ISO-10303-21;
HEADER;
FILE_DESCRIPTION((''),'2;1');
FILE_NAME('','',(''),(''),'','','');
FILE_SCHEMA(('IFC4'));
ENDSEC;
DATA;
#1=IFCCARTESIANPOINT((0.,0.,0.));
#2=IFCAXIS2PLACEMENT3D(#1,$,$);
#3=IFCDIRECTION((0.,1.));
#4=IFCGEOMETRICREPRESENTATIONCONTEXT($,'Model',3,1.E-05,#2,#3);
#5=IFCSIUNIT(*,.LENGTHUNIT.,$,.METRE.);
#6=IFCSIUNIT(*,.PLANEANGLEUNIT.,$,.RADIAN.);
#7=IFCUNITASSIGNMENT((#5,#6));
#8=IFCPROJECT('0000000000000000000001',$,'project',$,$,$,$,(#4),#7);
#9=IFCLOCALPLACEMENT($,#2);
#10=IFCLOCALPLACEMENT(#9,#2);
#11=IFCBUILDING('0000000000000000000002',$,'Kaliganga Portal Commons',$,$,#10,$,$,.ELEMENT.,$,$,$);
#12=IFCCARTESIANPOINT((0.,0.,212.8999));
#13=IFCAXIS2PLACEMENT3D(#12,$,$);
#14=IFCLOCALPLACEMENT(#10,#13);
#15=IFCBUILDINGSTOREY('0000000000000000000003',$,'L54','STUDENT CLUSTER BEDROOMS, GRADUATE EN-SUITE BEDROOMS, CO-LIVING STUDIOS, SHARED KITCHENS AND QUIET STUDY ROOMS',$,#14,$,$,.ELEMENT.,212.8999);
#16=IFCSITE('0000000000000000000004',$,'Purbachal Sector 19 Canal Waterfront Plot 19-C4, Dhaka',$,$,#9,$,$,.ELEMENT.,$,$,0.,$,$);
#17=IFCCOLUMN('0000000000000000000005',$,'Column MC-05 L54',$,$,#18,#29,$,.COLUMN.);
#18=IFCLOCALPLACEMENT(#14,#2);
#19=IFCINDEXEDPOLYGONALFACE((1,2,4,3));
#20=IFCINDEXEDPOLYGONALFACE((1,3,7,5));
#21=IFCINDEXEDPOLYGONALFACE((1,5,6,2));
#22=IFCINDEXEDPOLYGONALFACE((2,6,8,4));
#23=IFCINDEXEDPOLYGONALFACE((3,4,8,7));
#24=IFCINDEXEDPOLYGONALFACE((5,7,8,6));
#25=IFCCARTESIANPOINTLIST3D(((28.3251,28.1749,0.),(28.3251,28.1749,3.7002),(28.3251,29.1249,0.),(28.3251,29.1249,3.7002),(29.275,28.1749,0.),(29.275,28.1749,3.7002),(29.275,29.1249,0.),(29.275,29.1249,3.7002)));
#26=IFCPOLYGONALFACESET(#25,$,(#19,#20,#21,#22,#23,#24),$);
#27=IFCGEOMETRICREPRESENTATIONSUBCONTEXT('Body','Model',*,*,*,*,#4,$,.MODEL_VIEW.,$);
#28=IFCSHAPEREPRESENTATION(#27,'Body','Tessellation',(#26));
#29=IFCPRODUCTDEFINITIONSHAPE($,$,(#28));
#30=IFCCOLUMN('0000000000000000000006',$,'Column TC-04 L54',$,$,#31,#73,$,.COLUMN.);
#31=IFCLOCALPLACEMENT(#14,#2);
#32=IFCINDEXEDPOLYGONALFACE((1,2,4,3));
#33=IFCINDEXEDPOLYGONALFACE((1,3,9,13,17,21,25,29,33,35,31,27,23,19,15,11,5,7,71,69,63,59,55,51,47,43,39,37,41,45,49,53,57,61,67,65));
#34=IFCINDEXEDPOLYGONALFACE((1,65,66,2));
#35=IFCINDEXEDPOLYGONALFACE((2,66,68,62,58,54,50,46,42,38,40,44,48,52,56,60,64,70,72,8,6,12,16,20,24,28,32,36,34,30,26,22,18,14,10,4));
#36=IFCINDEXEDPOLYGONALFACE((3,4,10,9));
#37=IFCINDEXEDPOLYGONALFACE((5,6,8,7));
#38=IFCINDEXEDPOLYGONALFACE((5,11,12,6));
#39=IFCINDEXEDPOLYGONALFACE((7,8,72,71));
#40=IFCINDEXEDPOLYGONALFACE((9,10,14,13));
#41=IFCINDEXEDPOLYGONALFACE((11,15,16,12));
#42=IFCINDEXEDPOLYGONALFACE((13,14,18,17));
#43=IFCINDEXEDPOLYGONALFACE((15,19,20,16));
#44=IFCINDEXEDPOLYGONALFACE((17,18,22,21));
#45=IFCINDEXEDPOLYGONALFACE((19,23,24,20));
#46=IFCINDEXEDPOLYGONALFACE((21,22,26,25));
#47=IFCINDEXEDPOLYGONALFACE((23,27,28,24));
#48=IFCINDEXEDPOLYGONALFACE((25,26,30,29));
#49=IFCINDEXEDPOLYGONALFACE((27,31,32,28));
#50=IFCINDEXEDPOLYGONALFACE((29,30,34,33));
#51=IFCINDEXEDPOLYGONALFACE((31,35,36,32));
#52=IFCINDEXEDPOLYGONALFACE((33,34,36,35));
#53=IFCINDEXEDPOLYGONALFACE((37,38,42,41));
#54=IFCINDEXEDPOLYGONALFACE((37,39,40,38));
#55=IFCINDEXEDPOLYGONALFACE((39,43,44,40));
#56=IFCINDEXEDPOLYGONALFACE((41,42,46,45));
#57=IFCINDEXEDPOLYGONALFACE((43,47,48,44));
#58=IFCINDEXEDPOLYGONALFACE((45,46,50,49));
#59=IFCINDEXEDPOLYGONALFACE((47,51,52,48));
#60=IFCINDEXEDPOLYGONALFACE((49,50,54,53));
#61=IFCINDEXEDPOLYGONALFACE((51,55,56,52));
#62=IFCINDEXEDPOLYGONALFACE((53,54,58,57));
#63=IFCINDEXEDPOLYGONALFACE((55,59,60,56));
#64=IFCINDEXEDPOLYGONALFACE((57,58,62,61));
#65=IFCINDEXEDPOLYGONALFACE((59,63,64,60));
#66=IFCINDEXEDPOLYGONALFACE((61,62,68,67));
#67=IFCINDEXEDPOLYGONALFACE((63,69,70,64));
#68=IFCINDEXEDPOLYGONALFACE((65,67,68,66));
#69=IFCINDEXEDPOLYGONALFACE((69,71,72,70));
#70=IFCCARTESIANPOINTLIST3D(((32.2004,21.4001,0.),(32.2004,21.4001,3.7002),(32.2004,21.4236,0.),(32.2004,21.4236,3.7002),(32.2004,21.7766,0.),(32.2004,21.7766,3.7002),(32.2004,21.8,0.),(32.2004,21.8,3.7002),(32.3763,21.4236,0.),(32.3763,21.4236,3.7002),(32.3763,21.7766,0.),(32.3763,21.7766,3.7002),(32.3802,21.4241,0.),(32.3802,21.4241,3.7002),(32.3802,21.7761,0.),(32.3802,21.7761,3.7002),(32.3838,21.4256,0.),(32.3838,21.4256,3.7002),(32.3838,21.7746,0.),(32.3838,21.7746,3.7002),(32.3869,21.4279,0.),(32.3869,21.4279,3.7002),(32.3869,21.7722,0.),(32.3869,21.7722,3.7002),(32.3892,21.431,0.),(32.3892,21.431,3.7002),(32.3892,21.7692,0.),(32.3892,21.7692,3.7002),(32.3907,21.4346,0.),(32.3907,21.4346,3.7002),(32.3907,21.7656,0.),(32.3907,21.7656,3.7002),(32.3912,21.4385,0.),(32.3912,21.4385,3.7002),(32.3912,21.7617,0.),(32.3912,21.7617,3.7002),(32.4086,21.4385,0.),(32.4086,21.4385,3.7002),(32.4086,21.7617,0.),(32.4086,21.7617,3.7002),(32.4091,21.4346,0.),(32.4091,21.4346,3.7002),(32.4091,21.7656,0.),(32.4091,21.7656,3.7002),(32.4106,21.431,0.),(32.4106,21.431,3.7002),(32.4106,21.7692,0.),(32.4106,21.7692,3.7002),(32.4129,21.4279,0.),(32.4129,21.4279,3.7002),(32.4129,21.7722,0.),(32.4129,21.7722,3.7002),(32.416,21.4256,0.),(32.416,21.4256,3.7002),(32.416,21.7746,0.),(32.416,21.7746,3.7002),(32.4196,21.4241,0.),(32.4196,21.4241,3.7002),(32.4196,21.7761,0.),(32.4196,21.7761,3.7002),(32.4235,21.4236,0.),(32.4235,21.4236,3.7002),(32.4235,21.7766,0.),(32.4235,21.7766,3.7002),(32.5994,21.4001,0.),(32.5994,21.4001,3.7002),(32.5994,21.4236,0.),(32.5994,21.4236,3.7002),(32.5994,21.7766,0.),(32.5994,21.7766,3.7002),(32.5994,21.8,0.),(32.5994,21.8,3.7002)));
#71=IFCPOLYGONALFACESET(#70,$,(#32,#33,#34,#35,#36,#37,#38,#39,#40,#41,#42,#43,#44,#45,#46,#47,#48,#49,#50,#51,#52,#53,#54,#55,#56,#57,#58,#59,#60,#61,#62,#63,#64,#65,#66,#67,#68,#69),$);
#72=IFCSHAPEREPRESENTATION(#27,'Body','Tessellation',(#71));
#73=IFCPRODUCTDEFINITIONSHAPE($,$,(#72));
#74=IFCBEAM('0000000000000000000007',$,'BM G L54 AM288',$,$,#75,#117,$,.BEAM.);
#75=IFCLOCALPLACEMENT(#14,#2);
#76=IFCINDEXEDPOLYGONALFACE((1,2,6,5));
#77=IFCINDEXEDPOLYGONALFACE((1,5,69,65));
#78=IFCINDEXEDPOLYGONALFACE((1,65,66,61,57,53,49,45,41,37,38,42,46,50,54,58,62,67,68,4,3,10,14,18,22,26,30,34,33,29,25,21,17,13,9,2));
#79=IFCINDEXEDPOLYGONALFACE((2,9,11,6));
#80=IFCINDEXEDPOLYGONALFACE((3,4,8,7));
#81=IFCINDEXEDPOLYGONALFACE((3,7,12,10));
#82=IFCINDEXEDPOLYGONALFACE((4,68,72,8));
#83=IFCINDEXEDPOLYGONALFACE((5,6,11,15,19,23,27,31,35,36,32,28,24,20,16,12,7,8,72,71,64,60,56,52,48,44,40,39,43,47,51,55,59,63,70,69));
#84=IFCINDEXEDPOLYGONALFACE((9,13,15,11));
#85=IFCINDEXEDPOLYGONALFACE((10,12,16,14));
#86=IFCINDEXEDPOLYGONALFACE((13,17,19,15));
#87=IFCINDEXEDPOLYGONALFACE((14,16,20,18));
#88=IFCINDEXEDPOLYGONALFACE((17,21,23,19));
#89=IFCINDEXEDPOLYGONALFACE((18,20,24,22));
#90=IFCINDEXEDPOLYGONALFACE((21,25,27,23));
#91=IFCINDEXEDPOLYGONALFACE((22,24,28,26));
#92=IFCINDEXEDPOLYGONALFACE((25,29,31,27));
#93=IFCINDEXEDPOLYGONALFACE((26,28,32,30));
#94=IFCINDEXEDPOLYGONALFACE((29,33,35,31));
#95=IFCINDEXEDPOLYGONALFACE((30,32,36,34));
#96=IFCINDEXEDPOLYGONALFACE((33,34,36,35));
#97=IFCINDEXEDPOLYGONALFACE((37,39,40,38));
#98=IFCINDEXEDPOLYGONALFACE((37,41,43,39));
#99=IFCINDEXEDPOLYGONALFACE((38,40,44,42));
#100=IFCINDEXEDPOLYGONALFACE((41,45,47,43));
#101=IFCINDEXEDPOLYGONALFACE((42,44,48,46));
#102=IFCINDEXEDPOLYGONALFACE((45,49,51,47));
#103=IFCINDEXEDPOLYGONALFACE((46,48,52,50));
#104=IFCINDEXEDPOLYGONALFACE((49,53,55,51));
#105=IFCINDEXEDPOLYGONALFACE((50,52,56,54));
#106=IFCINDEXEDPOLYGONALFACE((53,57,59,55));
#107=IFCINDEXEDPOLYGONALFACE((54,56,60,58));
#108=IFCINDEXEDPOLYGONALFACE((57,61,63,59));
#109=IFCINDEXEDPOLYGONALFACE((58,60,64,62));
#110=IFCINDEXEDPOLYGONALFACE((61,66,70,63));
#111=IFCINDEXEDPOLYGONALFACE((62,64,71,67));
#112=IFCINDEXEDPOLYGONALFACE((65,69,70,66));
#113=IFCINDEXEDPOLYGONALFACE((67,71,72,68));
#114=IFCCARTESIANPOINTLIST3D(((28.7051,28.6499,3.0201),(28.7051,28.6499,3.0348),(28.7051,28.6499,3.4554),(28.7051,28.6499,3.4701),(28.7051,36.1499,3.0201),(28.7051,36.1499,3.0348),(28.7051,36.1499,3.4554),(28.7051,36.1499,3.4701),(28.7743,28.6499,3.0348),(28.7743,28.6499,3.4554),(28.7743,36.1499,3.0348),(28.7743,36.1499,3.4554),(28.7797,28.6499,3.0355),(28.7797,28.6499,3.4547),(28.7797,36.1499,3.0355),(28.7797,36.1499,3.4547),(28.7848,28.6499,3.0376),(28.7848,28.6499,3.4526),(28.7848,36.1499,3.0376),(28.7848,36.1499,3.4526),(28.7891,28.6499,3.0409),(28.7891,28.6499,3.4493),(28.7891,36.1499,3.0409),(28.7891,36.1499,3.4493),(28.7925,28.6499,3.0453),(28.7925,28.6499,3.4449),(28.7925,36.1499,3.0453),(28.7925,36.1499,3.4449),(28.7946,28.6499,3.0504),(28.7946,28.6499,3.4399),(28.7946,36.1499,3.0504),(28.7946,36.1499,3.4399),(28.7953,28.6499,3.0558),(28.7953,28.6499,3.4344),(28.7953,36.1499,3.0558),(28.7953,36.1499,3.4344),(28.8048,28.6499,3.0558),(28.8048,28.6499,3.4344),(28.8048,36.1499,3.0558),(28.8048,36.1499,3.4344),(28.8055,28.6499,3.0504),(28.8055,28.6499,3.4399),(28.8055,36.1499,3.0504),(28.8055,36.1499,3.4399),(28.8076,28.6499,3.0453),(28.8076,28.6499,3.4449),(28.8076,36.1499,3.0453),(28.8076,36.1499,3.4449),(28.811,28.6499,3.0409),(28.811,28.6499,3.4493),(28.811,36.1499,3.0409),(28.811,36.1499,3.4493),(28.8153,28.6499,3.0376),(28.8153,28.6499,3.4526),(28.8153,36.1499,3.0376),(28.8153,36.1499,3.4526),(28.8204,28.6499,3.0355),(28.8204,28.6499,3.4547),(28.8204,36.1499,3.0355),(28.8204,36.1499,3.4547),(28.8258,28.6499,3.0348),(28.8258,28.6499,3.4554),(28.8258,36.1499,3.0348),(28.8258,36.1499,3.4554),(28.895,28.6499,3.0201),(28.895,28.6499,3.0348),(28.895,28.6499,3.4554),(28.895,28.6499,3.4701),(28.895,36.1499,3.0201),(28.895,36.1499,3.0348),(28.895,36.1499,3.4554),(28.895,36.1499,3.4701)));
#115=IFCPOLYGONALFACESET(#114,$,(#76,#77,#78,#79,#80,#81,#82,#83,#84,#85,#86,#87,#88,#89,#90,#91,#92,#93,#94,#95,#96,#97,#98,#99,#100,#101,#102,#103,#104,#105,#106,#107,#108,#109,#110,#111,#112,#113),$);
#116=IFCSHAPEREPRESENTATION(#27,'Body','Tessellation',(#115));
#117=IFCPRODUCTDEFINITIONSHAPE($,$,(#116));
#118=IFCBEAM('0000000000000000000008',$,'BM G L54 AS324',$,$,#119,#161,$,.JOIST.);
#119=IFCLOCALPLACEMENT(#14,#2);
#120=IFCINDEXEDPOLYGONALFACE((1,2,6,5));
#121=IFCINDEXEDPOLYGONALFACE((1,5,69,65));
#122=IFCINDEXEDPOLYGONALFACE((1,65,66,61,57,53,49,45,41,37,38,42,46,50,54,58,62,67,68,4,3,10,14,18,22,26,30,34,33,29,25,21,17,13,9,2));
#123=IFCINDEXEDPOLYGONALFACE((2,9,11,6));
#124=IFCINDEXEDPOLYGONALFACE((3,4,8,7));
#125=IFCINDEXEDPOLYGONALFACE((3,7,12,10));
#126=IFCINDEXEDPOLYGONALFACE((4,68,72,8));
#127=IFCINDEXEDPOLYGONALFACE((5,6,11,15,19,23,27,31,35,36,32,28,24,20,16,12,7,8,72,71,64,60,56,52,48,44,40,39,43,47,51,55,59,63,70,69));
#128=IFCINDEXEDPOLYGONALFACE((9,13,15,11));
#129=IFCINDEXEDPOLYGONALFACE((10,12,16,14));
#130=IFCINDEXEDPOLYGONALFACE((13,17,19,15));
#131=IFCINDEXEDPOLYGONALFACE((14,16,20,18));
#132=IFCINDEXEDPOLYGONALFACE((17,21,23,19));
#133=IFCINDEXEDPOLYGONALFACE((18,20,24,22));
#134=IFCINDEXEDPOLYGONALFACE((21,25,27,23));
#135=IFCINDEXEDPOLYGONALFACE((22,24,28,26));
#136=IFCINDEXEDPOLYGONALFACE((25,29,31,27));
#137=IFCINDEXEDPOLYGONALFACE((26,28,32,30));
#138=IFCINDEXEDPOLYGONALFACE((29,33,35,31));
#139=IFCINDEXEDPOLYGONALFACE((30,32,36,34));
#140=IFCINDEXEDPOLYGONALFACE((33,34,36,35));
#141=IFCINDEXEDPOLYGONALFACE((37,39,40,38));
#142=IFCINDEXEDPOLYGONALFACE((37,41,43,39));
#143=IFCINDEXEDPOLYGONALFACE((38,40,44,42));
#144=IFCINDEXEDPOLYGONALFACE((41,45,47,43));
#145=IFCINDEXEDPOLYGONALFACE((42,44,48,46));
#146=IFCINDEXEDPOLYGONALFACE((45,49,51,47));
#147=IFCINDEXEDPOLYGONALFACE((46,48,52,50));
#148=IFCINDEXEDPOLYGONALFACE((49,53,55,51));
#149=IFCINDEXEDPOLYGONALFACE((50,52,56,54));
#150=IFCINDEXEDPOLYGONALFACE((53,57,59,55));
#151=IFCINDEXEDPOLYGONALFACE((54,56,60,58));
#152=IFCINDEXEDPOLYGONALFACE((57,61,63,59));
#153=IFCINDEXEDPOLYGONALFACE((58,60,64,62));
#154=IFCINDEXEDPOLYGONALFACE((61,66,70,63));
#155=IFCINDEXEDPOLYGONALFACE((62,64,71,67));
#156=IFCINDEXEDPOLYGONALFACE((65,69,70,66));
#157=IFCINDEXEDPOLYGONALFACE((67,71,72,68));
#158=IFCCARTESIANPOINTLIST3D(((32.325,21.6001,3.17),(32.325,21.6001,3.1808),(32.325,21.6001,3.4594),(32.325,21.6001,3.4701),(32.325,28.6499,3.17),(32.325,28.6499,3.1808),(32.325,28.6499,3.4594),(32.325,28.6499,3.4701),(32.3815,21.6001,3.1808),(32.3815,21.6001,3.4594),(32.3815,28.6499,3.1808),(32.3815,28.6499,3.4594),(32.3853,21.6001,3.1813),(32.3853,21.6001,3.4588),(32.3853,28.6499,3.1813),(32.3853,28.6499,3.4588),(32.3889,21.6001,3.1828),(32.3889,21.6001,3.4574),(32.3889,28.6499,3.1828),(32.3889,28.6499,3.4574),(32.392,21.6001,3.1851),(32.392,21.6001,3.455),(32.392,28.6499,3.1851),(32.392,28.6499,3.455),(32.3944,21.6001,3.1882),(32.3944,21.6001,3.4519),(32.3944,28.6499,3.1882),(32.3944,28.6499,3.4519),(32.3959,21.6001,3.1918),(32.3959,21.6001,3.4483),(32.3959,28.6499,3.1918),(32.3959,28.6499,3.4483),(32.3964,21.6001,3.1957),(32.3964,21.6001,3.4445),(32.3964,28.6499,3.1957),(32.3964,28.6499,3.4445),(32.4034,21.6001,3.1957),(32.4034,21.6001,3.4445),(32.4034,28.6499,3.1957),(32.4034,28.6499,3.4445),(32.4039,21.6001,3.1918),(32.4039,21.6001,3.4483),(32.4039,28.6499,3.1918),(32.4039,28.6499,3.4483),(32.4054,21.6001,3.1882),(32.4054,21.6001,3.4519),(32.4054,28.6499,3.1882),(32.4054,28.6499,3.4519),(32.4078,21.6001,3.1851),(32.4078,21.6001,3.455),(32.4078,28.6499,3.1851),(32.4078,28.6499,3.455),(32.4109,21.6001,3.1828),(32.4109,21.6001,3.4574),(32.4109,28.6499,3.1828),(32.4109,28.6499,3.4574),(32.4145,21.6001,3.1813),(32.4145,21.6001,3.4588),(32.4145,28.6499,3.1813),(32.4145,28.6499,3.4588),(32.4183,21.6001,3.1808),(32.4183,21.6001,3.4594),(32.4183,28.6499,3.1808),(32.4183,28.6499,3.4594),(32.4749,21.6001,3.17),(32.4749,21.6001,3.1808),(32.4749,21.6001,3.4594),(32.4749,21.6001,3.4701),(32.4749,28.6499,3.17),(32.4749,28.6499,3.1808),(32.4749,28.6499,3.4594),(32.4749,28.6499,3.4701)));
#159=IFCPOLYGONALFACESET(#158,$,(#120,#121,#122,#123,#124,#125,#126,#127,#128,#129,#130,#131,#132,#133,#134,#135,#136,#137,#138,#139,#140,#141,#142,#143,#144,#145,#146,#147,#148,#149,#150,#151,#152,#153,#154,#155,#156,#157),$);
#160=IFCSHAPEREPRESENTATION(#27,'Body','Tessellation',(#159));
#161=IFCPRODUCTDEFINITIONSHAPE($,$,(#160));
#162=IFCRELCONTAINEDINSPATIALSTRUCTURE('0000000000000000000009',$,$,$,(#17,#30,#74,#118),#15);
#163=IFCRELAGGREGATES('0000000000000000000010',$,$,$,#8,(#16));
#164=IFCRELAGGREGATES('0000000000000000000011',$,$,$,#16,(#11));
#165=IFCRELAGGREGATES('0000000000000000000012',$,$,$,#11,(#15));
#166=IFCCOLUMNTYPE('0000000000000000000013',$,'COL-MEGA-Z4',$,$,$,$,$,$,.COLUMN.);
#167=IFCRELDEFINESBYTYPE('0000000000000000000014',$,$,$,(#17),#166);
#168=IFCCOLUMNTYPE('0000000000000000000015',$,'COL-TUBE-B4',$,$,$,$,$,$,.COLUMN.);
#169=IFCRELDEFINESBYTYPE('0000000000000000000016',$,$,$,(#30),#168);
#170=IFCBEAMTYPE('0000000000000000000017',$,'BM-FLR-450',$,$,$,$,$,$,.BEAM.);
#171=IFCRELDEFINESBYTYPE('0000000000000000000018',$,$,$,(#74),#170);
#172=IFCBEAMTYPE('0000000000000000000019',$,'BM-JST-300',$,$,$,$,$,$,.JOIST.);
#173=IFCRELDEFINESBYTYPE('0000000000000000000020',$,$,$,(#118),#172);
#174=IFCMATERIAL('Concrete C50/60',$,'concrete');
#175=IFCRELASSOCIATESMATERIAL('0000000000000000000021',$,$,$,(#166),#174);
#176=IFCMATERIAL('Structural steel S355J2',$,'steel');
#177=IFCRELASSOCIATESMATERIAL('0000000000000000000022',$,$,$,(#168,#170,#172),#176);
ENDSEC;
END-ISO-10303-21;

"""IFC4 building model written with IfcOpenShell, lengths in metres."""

from ifc_helpers import new_model, si_unit, direction, frame, origin, origin_2d, place, context, subcontext, project, spatial, rectangle, i_section, extrude, source, transform, mapped, material, material_profile, profile_set, type_object, element, save


model = new_model("IFC4")

# Units and contexts
model_context = context("Model", 3, precision=1e-05, world=origin(), true_north=direction((0.0, 1.0)))
body_context = subcontext(model_context, "Body", "Model", "MODEL_VIEW")
ifc_project = project(units=[si_unit("LENGTHUNIT", "METRE"), si_unit("PLANEANGLEUNIT", "RADIAN")], contexts=[model_context])

# Site, building, storey
site_placement = place(None, origin())
site = spatial("IfcSite", under=ifc_project, at=site_placement, Name="Purbachal Sector 19 Canal Waterfront Plot 19-C4, Dhaka", CompositionType="ELEMENT", RefElevation=0.0)
building_placement = place(site_placement, origin())
building = spatial("IfcBuilding", under=site, at=building_placement, Name="Kaliganga Portal Commons", CompositionType="ELEMENT")
storey_placement = place(building_placement, frame((0.0, 0.0, 212.8999)))
storey = spatial("IfcBuildingStorey", under=building, at=storey_placement, Name="L54", Description="STUDENT CLUSTER BEDROOMS, GRADUATE EN-SUITE BEDROOMS, CO-LIVING STUDIOS, SHARED KITCHENS AND QUIET STUDY ROOMS", CompositionType="ELEMENT", Elevation=212.8999)

# Columns
ifc_material_1 = material(Name="Concrete C50/60", Category="concrete")
ifc_material_profile_1 = material_profile(ifc_material_1, rectangle(XDim=0.95, YDim=0.95, at=origin_2d()), Name="RC 950x950")
ifc_profile_set_1 = profile_set([ifc_material_profile_1], Name="Concrete C50/60")
column_type_1 = type_object("IfcColumnType", Name="COL-MEGA-Z4", PredefinedType="COLUMN", material=ifc_profile_set_1)
shared_shape_1 = source(origin(), body_context, "Body", "SweptSolid", [
    extrude(rectangle(XDim=0.95, YDim=0.95, at=origin_2d()), origin(), (0.0, 0.0, 1.0), 3.7002),
])
column_1_placement = place(storey_placement, frame((28.8, 28.6499, 0.0), z_axis=(0.0, 0.0, 1.0), x_axis=(1.0, 0.0, 0.0)))
element("IfcColumn", 1, at=column_1_placement, inside=storey, type_object=column_type_1, Name="Column MC-05 L54", PredefinedType="COLUMN", context=body_context, shape_type="MappedRepresentation", body=[
    mapped(shared_shape_1, transform((0.0, 0.0, 0.0), x_axis=(1.0, 0.0, 0.0), y_axis=(0.0, 1.0, 0.0), z_axis=(0.0, 0.0, 1.0), scale=1.0)),
])
ifc_material_2 = material(Name="Structural steel S355J2", Category="steel")
ifc_material_profile_2 = material_profile(ifc_material_2, i_section(OverallWidth=0.3989, OverallDepth=0.3999, WebThickness=0.0173, FlangeThickness=0.0234, FilletRadius=0.0149, at=origin_2d()), Name="HD 400x287")
ifc_profile_set_2 = profile_set([ifc_material_profile_2], Name="Structural steel S355J2 wide-flange")
column_type_2 = type_object("IfcColumnType", Name="COL-TUBE-B4", PredefinedType="COLUMN", material=ifc_profile_set_2)
shared_shape_2 = source(origin(), body_context, "Body", "SweptSolid", [
    extrude(i_section(OverallWidth=0.3989, OverallDepth=0.3999, WebThickness=0.0173, FlangeThickness=0.0234, FilletRadius=0.0149, at=origin_2d()), origin(), (0.0, 0.0, 1.0), 3.7002),
])
column_2_placement = place(storey_placement, frame((32.3999, 21.6001, 0.0), z_axis=(0.0, 0.0, 1.0), x_axis=(1.0, 0.0, 0.0)))
element("IfcColumn", 2, at=column_2_placement, inside=storey, type_object=column_type_2, Name="Column TC-04 L54", PredefinedType="COLUMN", context=body_context, shape_type="MappedRepresentation", body=[
    mapped(shared_shape_2, transform((0.0, 0.0, 0.0), x_axis=(1.0, 0.0, 0.0), y_axis=(0.0, 1.0, 0.0), z_axis=(0.0, 0.0, 1.0), scale=1.0)),
])

# Beams
ifc_material_profile_3 = material_profile(ifc_material_2, i_section(OverallWidth=0.1899, OverallDepth=0.45, WebThickness=0.0095, FlangeThickness=0.0146, FilletRadius=0.021, at=origin_2d()), Name="IPE 450")
ifc_profile_set_3 = profile_set([ifc_material_profile_3], Name="Structural steel S355J2 wide-flange")
beam_type_1 = type_object("IfcBeamType", Name="BM-FLR-450", PredefinedType="BEAM", material=ifc_profile_set_3)
shared_shape_3 = source(origin(), body_context, "Body", "SweptSolid", [
    extrude(i_section(OverallWidth=0.1899, OverallDepth=0.45, WebThickness=0.0095, FlangeThickness=0.0146, FilletRadius=0.021, at=origin_2d()), origin(), (0.0, 0.0, 1.0), 7.5),
])
beam_1_placement = place(storey_placement, frame((28.8, 28.6499, 3.2451), z_axis=(0.0, 1.0, 0.0), x_axis=(-1.0, 0.0, 0.0)))
element("IfcBeam", 3, at=beam_1_placement, inside=storey, type_object=beam_type_1, Name="BM G L54 AM288", PredefinedType="BEAM", context=body_context, shape_type="MappedRepresentation", body=[
    mapped(shared_shape_3, transform((0.0, 0.0, 0.0), x_axis=(1.0, 0.0, 0.0), y_axis=(0.0, 1.0, 0.0), z_axis=(0.0, 0.0, 1.0), scale=1.0)),
])
ifc_material_profile_4 = material_profile(ifc_material_2, i_section(OverallWidth=0.1499, OverallDepth=0.3, WebThickness=0.0071, FlangeThickness=0.0107, FilletRadius=0.0149, at=origin_2d()), Name="IPE 300")
ifc_profile_set_4 = profile_set([ifc_material_profile_4], Name="Structural steel S355J2 wide-flange")
beam_type_2 = type_object("IfcBeamType", Name="BM-JST-300", PredefinedType="JOIST", material=ifc_profile_set_4)
shared_shape_4 = source(origin(), body_context, "Body", "SweptSolid", [
    extrude(i_section(OverallWidth=0.1499, OverallDepth=0.3, WebThickness=0.0071, FlangeThickness=0.0107, FilletRadius=0.0149, at=origin_2d()), origin(), (0.0, 0.0, 1.0), 7.0498),
])
beam_2_placement = place(storey_placement, frame((32.3999, 21.6001, 3.3201), z_axis=(0.0, 1.0, 0.0), x_axis=(-1.0, 0.0, 0.0)))
element("IfcBeam", 4, at=beam_2_placement, inside=storey, type_object=beam_type_2, Name="BM G L54 AS324", PredefinedType="JOIST", context=body_context, shape_type="MappedRepresentation", body=[
    mapped(shared_shape_4, transform((0.0, 0.0, 0.0), x_axis=(1.0, 0.0, 0.0), y_axis=(0.0, 1.0, 0.0), z_axis=(0.0, 0.0, 1.0), scale=1.0)),
])

save(model, "model.ifc")
